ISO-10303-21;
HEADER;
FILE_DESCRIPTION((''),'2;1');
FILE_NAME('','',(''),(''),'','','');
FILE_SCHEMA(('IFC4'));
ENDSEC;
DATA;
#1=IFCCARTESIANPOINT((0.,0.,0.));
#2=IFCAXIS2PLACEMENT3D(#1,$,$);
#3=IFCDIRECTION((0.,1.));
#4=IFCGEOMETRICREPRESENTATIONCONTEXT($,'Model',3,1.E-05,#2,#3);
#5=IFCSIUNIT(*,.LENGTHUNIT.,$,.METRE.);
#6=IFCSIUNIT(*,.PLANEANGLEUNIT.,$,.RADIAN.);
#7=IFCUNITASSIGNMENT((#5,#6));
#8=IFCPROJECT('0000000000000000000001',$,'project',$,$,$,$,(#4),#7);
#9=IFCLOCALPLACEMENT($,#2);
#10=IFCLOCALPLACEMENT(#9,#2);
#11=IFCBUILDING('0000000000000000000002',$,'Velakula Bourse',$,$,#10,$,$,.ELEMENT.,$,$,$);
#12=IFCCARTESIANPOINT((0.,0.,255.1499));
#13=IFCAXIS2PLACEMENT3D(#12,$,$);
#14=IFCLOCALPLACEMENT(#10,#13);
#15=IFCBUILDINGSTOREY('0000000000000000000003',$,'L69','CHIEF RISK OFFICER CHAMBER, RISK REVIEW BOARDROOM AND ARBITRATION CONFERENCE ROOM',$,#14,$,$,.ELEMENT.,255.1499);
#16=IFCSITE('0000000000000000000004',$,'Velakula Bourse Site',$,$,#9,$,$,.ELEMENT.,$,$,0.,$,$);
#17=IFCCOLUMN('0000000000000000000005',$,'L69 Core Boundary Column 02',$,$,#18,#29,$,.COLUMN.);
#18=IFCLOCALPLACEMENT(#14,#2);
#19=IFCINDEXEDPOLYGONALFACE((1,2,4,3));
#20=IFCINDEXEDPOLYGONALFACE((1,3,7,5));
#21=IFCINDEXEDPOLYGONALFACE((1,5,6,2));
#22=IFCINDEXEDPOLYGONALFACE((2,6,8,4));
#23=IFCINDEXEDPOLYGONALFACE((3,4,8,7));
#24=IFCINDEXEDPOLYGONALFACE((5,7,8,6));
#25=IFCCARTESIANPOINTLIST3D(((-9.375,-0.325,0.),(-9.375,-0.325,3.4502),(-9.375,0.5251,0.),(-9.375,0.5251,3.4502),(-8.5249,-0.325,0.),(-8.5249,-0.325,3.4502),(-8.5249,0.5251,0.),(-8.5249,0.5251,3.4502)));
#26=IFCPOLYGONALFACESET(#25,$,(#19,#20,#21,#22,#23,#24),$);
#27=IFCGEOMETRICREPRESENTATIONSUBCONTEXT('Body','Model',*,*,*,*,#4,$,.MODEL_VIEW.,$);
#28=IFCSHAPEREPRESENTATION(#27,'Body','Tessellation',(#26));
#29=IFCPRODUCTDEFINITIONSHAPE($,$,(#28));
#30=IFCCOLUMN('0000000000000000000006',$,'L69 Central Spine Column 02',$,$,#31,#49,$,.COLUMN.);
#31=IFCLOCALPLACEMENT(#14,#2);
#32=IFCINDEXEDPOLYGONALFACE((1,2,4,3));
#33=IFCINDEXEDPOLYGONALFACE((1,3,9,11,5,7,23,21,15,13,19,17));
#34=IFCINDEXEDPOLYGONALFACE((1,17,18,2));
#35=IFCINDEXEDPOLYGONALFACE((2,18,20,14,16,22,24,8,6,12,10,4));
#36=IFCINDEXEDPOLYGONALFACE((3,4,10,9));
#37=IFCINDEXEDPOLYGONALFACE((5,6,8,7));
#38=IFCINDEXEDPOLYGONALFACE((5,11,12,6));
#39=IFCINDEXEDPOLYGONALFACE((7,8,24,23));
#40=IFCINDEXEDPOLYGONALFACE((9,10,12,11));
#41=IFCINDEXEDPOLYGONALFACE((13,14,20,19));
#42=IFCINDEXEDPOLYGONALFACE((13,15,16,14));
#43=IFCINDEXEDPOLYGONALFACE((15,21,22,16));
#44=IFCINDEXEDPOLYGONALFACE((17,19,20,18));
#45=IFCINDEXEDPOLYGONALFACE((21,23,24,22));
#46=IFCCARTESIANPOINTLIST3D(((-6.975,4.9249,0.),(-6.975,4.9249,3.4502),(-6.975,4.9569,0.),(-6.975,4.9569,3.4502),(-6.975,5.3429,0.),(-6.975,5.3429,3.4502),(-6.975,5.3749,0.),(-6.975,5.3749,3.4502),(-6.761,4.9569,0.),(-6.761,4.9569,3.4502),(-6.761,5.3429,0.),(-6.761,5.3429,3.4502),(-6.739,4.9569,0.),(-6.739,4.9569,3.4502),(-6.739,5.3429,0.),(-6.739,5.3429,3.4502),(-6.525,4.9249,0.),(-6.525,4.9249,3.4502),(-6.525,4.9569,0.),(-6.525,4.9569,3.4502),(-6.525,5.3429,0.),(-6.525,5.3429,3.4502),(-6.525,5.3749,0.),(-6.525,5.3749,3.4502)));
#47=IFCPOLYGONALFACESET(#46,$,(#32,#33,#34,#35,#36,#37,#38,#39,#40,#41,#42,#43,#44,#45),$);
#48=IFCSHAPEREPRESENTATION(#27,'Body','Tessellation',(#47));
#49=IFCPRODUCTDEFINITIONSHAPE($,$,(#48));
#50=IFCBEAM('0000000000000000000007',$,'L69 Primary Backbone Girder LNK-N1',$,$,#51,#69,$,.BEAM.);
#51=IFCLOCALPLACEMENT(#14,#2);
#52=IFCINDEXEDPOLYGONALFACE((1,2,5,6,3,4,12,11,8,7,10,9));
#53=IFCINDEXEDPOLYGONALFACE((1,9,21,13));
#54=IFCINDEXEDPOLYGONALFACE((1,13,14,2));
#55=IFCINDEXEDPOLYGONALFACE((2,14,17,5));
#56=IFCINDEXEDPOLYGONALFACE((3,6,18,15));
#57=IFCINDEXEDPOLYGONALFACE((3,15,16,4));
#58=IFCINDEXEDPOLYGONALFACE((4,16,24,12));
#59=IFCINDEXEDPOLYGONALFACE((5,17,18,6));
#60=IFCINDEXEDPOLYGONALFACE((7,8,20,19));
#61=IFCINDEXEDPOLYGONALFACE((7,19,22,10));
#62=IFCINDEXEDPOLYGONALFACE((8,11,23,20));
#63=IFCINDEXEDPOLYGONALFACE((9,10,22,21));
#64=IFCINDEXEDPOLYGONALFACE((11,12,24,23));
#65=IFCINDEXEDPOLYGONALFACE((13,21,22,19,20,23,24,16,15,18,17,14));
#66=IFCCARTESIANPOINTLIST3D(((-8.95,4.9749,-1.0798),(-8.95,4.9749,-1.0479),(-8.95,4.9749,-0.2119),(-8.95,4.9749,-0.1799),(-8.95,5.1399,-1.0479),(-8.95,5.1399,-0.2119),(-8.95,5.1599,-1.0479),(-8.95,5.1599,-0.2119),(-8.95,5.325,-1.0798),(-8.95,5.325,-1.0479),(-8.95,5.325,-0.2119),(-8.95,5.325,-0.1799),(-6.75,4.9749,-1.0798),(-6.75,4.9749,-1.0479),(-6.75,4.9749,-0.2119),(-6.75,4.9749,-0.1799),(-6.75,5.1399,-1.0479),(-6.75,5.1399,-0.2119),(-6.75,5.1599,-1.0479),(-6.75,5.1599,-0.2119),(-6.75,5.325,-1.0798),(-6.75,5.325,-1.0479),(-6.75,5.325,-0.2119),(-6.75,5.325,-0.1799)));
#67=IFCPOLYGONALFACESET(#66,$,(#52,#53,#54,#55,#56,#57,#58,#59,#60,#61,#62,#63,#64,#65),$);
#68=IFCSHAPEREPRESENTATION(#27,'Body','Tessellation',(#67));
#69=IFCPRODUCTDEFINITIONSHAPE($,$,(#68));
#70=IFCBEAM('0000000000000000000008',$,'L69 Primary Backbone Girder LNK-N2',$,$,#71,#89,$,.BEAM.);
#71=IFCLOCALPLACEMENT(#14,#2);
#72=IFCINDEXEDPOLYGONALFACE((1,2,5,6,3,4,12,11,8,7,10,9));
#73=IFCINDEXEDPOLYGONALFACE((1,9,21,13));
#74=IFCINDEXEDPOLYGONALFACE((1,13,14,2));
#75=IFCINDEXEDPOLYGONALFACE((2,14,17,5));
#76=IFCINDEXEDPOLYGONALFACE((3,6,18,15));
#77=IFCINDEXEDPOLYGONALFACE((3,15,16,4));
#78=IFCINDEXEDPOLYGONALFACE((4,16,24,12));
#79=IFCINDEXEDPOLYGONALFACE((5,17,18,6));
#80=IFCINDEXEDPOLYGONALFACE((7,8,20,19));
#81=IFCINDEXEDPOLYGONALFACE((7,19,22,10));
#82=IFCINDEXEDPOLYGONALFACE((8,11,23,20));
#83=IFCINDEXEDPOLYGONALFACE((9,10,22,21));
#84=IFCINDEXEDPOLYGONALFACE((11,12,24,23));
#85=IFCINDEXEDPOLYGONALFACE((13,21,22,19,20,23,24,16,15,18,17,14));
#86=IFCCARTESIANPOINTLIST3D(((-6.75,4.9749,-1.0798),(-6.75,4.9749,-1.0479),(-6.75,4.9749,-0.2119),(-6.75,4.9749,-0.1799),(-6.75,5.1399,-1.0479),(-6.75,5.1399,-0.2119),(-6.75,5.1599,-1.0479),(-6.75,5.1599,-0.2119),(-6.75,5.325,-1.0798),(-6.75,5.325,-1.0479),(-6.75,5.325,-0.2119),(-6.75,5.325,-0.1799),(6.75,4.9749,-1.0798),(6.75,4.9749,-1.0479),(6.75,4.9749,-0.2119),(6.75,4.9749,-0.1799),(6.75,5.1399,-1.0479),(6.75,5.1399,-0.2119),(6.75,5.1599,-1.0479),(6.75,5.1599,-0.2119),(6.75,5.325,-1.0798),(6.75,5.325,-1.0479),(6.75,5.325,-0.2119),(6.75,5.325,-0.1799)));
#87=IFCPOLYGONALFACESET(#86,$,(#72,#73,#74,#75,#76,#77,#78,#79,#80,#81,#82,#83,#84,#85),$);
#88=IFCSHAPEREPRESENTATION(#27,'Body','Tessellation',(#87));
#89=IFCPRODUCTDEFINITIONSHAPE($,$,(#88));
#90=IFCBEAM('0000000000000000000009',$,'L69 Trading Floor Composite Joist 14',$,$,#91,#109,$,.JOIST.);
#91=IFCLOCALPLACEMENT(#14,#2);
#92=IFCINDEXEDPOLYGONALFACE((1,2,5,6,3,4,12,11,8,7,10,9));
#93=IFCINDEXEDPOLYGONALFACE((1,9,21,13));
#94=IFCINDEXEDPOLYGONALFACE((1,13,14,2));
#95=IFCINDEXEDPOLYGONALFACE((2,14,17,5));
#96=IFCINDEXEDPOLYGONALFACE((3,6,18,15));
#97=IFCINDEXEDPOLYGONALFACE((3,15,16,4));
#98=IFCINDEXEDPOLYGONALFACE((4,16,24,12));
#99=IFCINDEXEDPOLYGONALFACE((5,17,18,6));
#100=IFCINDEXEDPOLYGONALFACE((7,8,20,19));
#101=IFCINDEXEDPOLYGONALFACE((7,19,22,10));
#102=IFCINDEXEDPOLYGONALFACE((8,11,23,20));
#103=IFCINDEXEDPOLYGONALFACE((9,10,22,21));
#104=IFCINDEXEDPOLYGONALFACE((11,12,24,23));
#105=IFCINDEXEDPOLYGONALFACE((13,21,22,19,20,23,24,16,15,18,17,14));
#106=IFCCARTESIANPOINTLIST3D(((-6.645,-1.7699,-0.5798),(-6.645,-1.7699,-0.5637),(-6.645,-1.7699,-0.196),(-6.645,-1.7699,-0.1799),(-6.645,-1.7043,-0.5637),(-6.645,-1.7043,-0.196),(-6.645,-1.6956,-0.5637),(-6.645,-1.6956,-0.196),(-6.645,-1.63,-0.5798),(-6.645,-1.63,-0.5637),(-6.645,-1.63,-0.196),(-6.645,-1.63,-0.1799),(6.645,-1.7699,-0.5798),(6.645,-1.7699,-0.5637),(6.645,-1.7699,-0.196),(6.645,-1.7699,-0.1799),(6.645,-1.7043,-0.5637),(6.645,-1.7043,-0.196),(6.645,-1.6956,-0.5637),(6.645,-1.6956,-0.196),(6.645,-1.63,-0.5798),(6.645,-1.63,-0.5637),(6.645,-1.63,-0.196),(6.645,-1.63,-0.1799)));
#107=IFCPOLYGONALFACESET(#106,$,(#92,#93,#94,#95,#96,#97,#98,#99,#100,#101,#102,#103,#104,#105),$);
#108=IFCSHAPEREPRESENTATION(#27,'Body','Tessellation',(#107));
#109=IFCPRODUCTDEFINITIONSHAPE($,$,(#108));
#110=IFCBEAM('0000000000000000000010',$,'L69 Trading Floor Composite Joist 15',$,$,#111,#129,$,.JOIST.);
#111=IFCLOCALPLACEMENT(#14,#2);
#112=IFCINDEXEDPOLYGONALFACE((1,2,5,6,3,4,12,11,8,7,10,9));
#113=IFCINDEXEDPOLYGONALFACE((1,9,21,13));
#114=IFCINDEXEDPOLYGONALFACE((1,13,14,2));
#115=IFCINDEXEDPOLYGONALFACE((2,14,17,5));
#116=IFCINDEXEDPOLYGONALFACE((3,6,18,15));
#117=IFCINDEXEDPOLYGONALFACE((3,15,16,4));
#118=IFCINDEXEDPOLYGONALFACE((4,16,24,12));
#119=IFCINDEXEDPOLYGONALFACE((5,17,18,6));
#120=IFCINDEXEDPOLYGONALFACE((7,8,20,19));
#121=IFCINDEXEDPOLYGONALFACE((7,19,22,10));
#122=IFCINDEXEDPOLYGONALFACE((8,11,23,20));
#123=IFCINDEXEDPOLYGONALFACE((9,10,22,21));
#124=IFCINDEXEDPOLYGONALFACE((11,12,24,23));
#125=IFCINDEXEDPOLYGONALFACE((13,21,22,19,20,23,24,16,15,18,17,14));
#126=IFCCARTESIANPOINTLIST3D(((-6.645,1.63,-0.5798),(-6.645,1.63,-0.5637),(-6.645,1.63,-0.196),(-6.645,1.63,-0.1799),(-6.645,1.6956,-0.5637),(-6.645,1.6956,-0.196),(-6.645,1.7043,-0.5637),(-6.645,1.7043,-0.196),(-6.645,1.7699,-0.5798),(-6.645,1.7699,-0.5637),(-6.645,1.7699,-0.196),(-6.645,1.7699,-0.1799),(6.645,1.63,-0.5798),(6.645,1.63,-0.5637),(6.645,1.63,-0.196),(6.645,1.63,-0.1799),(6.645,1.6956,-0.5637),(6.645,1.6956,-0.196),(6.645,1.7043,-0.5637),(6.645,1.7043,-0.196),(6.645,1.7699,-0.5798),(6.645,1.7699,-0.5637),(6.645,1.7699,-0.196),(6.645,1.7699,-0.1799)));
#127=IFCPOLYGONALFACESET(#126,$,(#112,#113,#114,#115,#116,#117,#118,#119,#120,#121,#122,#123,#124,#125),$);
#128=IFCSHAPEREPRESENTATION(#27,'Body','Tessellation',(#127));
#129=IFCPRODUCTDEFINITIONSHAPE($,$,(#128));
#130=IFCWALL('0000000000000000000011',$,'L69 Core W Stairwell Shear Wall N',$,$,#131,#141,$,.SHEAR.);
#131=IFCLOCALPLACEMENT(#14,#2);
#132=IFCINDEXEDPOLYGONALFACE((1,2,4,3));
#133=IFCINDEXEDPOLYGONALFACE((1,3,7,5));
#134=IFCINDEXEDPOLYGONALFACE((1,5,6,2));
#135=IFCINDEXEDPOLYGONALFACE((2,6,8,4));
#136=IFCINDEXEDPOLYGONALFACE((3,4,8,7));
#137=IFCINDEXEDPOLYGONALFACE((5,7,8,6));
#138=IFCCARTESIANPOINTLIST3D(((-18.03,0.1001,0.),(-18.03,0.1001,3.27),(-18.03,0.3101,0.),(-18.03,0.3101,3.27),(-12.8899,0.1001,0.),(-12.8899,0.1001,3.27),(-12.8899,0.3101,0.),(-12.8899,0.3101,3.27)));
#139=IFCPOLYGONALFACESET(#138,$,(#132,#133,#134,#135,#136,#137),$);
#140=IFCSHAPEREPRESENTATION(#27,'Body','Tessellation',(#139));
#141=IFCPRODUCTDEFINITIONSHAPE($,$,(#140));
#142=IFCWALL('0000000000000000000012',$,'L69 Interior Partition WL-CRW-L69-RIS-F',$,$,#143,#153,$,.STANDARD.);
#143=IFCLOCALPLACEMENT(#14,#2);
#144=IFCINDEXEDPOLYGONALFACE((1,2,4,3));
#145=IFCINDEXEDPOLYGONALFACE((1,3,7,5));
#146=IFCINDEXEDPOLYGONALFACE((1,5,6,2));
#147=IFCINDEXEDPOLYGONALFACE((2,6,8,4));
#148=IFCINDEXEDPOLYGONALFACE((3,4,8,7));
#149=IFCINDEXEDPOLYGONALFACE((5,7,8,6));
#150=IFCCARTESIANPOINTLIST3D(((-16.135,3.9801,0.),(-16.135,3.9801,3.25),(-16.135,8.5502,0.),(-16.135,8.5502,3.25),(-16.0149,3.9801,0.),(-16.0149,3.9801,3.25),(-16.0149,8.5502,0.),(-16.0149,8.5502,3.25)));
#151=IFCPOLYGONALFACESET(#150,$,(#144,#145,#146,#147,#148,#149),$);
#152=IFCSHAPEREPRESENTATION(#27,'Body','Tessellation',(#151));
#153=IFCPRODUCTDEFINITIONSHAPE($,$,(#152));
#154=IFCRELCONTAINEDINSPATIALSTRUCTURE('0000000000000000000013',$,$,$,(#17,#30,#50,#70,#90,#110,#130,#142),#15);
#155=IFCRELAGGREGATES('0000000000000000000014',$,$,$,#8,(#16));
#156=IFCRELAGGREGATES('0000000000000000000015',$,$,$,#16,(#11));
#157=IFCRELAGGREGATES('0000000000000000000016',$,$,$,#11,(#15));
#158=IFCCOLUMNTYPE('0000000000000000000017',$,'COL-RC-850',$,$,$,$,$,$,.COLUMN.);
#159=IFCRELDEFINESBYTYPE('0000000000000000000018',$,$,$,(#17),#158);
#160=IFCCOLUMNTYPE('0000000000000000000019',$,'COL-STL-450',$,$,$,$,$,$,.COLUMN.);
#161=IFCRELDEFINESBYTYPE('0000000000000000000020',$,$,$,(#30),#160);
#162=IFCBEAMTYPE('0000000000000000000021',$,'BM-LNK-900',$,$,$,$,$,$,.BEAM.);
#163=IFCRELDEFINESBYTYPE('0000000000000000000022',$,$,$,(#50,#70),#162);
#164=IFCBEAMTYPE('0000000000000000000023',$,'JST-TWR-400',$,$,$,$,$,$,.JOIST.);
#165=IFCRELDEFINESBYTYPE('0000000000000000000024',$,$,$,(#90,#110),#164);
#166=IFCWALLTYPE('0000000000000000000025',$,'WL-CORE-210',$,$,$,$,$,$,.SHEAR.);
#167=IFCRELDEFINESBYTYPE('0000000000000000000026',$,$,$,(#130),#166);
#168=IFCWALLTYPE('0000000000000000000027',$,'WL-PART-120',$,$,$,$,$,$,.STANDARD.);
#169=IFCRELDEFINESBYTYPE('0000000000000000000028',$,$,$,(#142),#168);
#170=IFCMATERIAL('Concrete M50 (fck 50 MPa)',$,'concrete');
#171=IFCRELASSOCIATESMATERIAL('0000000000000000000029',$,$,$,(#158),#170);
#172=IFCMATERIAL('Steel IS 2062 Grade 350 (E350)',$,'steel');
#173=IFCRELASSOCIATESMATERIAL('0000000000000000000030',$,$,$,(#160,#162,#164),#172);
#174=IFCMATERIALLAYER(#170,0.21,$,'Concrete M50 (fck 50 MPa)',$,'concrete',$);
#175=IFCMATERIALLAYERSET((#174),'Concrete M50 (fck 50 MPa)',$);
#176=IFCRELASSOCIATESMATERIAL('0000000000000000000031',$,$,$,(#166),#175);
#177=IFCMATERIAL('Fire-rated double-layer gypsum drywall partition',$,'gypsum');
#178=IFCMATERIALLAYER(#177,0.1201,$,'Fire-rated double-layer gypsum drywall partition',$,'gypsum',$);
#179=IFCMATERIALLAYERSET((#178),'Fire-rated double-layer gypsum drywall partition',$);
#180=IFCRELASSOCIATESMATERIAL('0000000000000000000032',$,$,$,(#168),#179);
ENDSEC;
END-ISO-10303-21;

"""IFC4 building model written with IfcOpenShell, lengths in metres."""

from ifc_helpers import new_model, si_unit, direction, frame, frame_2d, origin, origin_2d, place, context, subcontext, project, spatial, rectangle, i_section, extrude, material, layer, layer_set, material_profile, profile_set, type_object, element, save


model = new_model("IFC4")

# Units and contexts
model_context = context("Model", 3, precision=1e-05, world=origin(), true_north=direction((0.0, 1.0)))
body_context = subcontext(model_context, "Body", "Model", "MODEL_VIEW")
ifc_project = project(units=[si_unit("LENGTHUNIT", "METRE"), si_unit("PLANEANGLEUNIT", "RADIAN")], contexts=[model_context])

# Site, building, storey
site_placement = place(None, origin())
site = spatial("IfcSite", under=ifc_project, at=site_placement, Name="Velakula Bourse Site", CompositionType="ELEMENT", RefElevation=0.0)
building_placement = place(site_placement, origin())
building = spatial("IfcBuilding", under=site, at=building_placement, Name="Velakula Bourse", CompositionType="ELEMENT")
storey_placement = place(building_placement, frame((0.0, 0.0, 255.1499)))
storey = spatial("IfcBuildingStorey", under=building, at=storey_placement, Name="L69", Description="CHIEF RISK OFFICER CHAMBER, RISK REVIEW BOARDROOM AND ARBITRATION CONFERENCE ROOM", CompositionType="ELEMENT", Elevation=255.1499)

# Columns
ifc_material_1 = material(Name="Concrete M50 (fck 50 MPa)", Category="concrete")
ifc_material_profile_1 = material_profile(ifc_material_1, rectangle(XDim=0.8501, YDim=0.8501, at=origin_2d()), Name="Concrete M50 (fck 50 MPa)")
ifc_profile_set_1 = profile_set([ifc_material_profile_1], Name="Concrete M50 (fck 50 MPa)")
column_type_1 = type_object("IfcColumnType", Name="COL-RC-850", PredefinedType="COLUMN", material=ifc_profile_set_1)
column_1_placement = place(storey_placement, frame((-8.95, 0.1001, 0.0), z_axis=(0.0, 0.0, 1.0), x_axis=(1.0, 0.0, 0.0)))
element("IfcColumn", 1, at=column_1_placement, inside=storey, type_object=column_type_1, Name="L69 Core Boundary Column 02", PredefinedType="COLUMN", context=body_context, shape_type="SweptSolid", body=[
    extrude(rectangle(XDim=0.8501, YDim=0.8501, at=origin_2d()), origin(), (0.0, 0.0, 1.0), 3.4502),
])
ifc_material_2 = material(Name="Steel IS 2062 Grade 350 (E350)", Category="steel")
ifc_material_profile_2 = material_profile(ifc_material_2, i_section(OverallWidth=0.45, OverallDepth=0.45, WebThickness=0.022, FlangeThickness=0.032, at=origin_2d()), Name="Steel IS 2062 Grade 350 (E350)")
ifc_profile_set_2 = profile_set([ifc_material_profile_2], Name="Steel IS 2062 Grade 350 (E350)")
column_type_2 = type_object("IfcColumnType", Name="COL-STL-450", PredefinedType="COLUMN", material=ifc_profile_set_2)
column_2_placement = place(storey_placement, frame((-6.75, 5.1499, 0.0), z_axis=(0.0, 0.0, 1.0), x_axis=(1.0, 0.0, 0.0)))
element("IfcColumn", 2, at=column_2_placement, inside=storey, type_object=column_type_2, Name="L69 Central Spine Column 02", PredefinedType="COLUMN", context=body_context, shape_type="SweptSolid", body=[
    extrude(i_section(OverallWidth=0.45, OverallDepth=0.45, WebThickness=0.022, FlangeThickness=0.032, at=origin_2d()), origin(), (0.0, 0.0, 1.0), 3.4502),
])

# Beams
ifc_material_profile_3 = material_profile(ifc_material_2, i_section(OverallWidth=0.3501, OverallDepth=0.8999, WebThickness=0.02, FlangeThickness=0.032, at=origin_2d()), Name="Steel IS 2062 Grade 350 (E350)")
ifc_profile_set_3 = profile_set([ifc_material_profile_3], Name="Steel IS 2062 Grade 350 (E350)")
beam_type_1 = type_object("IfcBeamType", Name="BM-LNK-900", PredefinedType="BEAM", material=ifc_profile_set_3)
beam_1_placement = place(storey_placement, frame((-8.95, 5.1499, -0.6299), z_axis=(1.0, 0.0, 0.0), x_axis=(0.0, 1.0, 0.0)))
element("IfcBeam", 3, at=beam_1_placement, inside=storey, type_object=beam_type_1, Name="L69 Primary Backbone Girder LNK-N1", PredefinedType="BEAM", context=body_context, shape_type="SweptSolid", body=[
    extrude(i_section(OverallWidth=0.3501, OverallDepth=0.8999, WebThickness=0.02, FlangeThickness=0.032, at=origin_2d()), origin(), (0.0, 0.0, 1.0), 2.2),
])
beam_2_placement = place(storey_placement, frame((-6.75, 5.1499, -0.6299), z_axis=(1.0, 0.0, 0.0), x_axis=(0.0, 1.0, 0.0)))
element("IfcBeam", 4, at=beam_2_placement, inside=storey, type_object=beam_type_1, Name="L69 Primary Backbone Girder LNK-N2", PredefinedType="BEAM", context=body_context, shape_type="SweptSolid", body=[
    extrude(i_section(OverallWidth=0.3501, OverallDepth=0.8999, WebThickness=0.02, FlangeThickness=0.032, at=origin_2d()), origin(), (0.0, 0.0, 1.0), 13.5),
])
ifc_material_profile_4 = material_profile(ifc_material_2, i_section(OverallWidth=0.1399, OverallDepth=0.3999, WebThickness=0.0088, FlangeThickness=0.0161, at=origin_2d()), Name="Steel IS 2062 Grade 350 (E350)")
ifc_profile_set_4 = profile_set([ifc_material_profile_4], Name="Steel IS 2062 Grade 350 (E350)")
beam_type_2 = type_object("IfcBeamType", Name="JST-TWR-400", PredefinedType="JOIST", material=ifc_profile_set_4)
for number, where, z_axis, x_axis, name in (
    (5, (-6.645, -1.7, -0.3799), (1.0, 0.0, 0.0), (0.0, 1.0, 0.0), "L69 Trading Floor Composite Joist 14"),
    (6, (-6.645, 1.7, -0.3799), (1.0, 0.0, 0.0), (0.0, 1.0, 0.0), "L69 Trading Floor Composite Joist 15"),
):
    element("IfcBeam", number, at=place(storey_placement, frame(where, z_axis=z_axis, x_axis=x_axis)), inside=storey, type_object=beam_type_2, Name=name, PredefinedType="JOIST", context=body_context, shape_type="SweptSolid", body=[
        extrude(i_section(OverallWidth=0.1399, OverallDepth=0.3999, WebThickness=0.0088, FlangeThickness=0.0161, at=origin_2d()), origin(), (0.0, 0.0, 1.0), 13.29),
    ])

# Walls
ifc_layer_1 = layer(ifc_material_1, 0.21, Name="Concrete M50 (fck 50 MPa)", Category="concrete")
ifc_layer_set_1 = layer_set([ifc_layer_1], Name="Concrete M50 (fck 50 MPa)")
wall_type_1 = type_object("IfcWallType", Name="WL-CORE-210", PredefinedType="SHEAR", material=ifc_layer_set_1)
wall_1_placement = place(storey_placement, frame((-12.8899, 0.2051, 0.0), z_axis=(0.0, 0.0, 1.0), x_axis=(-1.0, 0.0, 0.0)))
element("IfcWall", 7, at=wall_1_placement, inside=storey, type_object=wall_type_1, Name="L69 Core W Stairwell Shear Wall N", PredefinedType="SHEAR", context=body_context, shape_type="SweptSolid", body=[
    extrude(rectangle(XDim=5.1401, YDim=0.21, at=frame_2d((2.5701, 0.0))), origin(), (0.0, 0.0, 1.0), 3.27),
])
ifc_material_3 = material(Name="Fire-rated double-layer gypsum drywall partition", Category="gypsum")
ifc_layer_2 = layer(ifc_material_3, 0.1201, Name="Fire-rated double-layer gypsum drywall partition", Category="gypsum")
ifc_layer_set_2 = layer_set([ifc_layer_2], Name="Fire-rated double-layer gypsum drywall partition")
wall_type_2 = type_object("IfcWallType", Name="WL-PART-120", PredefinedType="STANDARD", material=ifc_layer_set_2)
wall_2_placement = place(storey_placement, frame((-16.075, 3.98, 0.0), z_axis=(0.0, 0.0, 1.0), x_axis=(0.0, 1.0, 0.0)))
element("IfcWall", 8, at=wall_2_placement, inside=storey, type_object=wall_type_2, Name="L69 Interior Partition WL-CRW-L69-RIS-F", PredefinedType="STANDARD", context=body_context, shape_type="SweptSolid", body=[
    extrude(rectangle(XDim=4.5701, YDim=0.1201, at=frame_2d((2.2852, 0.0))), origin(), (0.0, 0.0, 1.0), 3.25),
])

save(model, "model.ifc")
